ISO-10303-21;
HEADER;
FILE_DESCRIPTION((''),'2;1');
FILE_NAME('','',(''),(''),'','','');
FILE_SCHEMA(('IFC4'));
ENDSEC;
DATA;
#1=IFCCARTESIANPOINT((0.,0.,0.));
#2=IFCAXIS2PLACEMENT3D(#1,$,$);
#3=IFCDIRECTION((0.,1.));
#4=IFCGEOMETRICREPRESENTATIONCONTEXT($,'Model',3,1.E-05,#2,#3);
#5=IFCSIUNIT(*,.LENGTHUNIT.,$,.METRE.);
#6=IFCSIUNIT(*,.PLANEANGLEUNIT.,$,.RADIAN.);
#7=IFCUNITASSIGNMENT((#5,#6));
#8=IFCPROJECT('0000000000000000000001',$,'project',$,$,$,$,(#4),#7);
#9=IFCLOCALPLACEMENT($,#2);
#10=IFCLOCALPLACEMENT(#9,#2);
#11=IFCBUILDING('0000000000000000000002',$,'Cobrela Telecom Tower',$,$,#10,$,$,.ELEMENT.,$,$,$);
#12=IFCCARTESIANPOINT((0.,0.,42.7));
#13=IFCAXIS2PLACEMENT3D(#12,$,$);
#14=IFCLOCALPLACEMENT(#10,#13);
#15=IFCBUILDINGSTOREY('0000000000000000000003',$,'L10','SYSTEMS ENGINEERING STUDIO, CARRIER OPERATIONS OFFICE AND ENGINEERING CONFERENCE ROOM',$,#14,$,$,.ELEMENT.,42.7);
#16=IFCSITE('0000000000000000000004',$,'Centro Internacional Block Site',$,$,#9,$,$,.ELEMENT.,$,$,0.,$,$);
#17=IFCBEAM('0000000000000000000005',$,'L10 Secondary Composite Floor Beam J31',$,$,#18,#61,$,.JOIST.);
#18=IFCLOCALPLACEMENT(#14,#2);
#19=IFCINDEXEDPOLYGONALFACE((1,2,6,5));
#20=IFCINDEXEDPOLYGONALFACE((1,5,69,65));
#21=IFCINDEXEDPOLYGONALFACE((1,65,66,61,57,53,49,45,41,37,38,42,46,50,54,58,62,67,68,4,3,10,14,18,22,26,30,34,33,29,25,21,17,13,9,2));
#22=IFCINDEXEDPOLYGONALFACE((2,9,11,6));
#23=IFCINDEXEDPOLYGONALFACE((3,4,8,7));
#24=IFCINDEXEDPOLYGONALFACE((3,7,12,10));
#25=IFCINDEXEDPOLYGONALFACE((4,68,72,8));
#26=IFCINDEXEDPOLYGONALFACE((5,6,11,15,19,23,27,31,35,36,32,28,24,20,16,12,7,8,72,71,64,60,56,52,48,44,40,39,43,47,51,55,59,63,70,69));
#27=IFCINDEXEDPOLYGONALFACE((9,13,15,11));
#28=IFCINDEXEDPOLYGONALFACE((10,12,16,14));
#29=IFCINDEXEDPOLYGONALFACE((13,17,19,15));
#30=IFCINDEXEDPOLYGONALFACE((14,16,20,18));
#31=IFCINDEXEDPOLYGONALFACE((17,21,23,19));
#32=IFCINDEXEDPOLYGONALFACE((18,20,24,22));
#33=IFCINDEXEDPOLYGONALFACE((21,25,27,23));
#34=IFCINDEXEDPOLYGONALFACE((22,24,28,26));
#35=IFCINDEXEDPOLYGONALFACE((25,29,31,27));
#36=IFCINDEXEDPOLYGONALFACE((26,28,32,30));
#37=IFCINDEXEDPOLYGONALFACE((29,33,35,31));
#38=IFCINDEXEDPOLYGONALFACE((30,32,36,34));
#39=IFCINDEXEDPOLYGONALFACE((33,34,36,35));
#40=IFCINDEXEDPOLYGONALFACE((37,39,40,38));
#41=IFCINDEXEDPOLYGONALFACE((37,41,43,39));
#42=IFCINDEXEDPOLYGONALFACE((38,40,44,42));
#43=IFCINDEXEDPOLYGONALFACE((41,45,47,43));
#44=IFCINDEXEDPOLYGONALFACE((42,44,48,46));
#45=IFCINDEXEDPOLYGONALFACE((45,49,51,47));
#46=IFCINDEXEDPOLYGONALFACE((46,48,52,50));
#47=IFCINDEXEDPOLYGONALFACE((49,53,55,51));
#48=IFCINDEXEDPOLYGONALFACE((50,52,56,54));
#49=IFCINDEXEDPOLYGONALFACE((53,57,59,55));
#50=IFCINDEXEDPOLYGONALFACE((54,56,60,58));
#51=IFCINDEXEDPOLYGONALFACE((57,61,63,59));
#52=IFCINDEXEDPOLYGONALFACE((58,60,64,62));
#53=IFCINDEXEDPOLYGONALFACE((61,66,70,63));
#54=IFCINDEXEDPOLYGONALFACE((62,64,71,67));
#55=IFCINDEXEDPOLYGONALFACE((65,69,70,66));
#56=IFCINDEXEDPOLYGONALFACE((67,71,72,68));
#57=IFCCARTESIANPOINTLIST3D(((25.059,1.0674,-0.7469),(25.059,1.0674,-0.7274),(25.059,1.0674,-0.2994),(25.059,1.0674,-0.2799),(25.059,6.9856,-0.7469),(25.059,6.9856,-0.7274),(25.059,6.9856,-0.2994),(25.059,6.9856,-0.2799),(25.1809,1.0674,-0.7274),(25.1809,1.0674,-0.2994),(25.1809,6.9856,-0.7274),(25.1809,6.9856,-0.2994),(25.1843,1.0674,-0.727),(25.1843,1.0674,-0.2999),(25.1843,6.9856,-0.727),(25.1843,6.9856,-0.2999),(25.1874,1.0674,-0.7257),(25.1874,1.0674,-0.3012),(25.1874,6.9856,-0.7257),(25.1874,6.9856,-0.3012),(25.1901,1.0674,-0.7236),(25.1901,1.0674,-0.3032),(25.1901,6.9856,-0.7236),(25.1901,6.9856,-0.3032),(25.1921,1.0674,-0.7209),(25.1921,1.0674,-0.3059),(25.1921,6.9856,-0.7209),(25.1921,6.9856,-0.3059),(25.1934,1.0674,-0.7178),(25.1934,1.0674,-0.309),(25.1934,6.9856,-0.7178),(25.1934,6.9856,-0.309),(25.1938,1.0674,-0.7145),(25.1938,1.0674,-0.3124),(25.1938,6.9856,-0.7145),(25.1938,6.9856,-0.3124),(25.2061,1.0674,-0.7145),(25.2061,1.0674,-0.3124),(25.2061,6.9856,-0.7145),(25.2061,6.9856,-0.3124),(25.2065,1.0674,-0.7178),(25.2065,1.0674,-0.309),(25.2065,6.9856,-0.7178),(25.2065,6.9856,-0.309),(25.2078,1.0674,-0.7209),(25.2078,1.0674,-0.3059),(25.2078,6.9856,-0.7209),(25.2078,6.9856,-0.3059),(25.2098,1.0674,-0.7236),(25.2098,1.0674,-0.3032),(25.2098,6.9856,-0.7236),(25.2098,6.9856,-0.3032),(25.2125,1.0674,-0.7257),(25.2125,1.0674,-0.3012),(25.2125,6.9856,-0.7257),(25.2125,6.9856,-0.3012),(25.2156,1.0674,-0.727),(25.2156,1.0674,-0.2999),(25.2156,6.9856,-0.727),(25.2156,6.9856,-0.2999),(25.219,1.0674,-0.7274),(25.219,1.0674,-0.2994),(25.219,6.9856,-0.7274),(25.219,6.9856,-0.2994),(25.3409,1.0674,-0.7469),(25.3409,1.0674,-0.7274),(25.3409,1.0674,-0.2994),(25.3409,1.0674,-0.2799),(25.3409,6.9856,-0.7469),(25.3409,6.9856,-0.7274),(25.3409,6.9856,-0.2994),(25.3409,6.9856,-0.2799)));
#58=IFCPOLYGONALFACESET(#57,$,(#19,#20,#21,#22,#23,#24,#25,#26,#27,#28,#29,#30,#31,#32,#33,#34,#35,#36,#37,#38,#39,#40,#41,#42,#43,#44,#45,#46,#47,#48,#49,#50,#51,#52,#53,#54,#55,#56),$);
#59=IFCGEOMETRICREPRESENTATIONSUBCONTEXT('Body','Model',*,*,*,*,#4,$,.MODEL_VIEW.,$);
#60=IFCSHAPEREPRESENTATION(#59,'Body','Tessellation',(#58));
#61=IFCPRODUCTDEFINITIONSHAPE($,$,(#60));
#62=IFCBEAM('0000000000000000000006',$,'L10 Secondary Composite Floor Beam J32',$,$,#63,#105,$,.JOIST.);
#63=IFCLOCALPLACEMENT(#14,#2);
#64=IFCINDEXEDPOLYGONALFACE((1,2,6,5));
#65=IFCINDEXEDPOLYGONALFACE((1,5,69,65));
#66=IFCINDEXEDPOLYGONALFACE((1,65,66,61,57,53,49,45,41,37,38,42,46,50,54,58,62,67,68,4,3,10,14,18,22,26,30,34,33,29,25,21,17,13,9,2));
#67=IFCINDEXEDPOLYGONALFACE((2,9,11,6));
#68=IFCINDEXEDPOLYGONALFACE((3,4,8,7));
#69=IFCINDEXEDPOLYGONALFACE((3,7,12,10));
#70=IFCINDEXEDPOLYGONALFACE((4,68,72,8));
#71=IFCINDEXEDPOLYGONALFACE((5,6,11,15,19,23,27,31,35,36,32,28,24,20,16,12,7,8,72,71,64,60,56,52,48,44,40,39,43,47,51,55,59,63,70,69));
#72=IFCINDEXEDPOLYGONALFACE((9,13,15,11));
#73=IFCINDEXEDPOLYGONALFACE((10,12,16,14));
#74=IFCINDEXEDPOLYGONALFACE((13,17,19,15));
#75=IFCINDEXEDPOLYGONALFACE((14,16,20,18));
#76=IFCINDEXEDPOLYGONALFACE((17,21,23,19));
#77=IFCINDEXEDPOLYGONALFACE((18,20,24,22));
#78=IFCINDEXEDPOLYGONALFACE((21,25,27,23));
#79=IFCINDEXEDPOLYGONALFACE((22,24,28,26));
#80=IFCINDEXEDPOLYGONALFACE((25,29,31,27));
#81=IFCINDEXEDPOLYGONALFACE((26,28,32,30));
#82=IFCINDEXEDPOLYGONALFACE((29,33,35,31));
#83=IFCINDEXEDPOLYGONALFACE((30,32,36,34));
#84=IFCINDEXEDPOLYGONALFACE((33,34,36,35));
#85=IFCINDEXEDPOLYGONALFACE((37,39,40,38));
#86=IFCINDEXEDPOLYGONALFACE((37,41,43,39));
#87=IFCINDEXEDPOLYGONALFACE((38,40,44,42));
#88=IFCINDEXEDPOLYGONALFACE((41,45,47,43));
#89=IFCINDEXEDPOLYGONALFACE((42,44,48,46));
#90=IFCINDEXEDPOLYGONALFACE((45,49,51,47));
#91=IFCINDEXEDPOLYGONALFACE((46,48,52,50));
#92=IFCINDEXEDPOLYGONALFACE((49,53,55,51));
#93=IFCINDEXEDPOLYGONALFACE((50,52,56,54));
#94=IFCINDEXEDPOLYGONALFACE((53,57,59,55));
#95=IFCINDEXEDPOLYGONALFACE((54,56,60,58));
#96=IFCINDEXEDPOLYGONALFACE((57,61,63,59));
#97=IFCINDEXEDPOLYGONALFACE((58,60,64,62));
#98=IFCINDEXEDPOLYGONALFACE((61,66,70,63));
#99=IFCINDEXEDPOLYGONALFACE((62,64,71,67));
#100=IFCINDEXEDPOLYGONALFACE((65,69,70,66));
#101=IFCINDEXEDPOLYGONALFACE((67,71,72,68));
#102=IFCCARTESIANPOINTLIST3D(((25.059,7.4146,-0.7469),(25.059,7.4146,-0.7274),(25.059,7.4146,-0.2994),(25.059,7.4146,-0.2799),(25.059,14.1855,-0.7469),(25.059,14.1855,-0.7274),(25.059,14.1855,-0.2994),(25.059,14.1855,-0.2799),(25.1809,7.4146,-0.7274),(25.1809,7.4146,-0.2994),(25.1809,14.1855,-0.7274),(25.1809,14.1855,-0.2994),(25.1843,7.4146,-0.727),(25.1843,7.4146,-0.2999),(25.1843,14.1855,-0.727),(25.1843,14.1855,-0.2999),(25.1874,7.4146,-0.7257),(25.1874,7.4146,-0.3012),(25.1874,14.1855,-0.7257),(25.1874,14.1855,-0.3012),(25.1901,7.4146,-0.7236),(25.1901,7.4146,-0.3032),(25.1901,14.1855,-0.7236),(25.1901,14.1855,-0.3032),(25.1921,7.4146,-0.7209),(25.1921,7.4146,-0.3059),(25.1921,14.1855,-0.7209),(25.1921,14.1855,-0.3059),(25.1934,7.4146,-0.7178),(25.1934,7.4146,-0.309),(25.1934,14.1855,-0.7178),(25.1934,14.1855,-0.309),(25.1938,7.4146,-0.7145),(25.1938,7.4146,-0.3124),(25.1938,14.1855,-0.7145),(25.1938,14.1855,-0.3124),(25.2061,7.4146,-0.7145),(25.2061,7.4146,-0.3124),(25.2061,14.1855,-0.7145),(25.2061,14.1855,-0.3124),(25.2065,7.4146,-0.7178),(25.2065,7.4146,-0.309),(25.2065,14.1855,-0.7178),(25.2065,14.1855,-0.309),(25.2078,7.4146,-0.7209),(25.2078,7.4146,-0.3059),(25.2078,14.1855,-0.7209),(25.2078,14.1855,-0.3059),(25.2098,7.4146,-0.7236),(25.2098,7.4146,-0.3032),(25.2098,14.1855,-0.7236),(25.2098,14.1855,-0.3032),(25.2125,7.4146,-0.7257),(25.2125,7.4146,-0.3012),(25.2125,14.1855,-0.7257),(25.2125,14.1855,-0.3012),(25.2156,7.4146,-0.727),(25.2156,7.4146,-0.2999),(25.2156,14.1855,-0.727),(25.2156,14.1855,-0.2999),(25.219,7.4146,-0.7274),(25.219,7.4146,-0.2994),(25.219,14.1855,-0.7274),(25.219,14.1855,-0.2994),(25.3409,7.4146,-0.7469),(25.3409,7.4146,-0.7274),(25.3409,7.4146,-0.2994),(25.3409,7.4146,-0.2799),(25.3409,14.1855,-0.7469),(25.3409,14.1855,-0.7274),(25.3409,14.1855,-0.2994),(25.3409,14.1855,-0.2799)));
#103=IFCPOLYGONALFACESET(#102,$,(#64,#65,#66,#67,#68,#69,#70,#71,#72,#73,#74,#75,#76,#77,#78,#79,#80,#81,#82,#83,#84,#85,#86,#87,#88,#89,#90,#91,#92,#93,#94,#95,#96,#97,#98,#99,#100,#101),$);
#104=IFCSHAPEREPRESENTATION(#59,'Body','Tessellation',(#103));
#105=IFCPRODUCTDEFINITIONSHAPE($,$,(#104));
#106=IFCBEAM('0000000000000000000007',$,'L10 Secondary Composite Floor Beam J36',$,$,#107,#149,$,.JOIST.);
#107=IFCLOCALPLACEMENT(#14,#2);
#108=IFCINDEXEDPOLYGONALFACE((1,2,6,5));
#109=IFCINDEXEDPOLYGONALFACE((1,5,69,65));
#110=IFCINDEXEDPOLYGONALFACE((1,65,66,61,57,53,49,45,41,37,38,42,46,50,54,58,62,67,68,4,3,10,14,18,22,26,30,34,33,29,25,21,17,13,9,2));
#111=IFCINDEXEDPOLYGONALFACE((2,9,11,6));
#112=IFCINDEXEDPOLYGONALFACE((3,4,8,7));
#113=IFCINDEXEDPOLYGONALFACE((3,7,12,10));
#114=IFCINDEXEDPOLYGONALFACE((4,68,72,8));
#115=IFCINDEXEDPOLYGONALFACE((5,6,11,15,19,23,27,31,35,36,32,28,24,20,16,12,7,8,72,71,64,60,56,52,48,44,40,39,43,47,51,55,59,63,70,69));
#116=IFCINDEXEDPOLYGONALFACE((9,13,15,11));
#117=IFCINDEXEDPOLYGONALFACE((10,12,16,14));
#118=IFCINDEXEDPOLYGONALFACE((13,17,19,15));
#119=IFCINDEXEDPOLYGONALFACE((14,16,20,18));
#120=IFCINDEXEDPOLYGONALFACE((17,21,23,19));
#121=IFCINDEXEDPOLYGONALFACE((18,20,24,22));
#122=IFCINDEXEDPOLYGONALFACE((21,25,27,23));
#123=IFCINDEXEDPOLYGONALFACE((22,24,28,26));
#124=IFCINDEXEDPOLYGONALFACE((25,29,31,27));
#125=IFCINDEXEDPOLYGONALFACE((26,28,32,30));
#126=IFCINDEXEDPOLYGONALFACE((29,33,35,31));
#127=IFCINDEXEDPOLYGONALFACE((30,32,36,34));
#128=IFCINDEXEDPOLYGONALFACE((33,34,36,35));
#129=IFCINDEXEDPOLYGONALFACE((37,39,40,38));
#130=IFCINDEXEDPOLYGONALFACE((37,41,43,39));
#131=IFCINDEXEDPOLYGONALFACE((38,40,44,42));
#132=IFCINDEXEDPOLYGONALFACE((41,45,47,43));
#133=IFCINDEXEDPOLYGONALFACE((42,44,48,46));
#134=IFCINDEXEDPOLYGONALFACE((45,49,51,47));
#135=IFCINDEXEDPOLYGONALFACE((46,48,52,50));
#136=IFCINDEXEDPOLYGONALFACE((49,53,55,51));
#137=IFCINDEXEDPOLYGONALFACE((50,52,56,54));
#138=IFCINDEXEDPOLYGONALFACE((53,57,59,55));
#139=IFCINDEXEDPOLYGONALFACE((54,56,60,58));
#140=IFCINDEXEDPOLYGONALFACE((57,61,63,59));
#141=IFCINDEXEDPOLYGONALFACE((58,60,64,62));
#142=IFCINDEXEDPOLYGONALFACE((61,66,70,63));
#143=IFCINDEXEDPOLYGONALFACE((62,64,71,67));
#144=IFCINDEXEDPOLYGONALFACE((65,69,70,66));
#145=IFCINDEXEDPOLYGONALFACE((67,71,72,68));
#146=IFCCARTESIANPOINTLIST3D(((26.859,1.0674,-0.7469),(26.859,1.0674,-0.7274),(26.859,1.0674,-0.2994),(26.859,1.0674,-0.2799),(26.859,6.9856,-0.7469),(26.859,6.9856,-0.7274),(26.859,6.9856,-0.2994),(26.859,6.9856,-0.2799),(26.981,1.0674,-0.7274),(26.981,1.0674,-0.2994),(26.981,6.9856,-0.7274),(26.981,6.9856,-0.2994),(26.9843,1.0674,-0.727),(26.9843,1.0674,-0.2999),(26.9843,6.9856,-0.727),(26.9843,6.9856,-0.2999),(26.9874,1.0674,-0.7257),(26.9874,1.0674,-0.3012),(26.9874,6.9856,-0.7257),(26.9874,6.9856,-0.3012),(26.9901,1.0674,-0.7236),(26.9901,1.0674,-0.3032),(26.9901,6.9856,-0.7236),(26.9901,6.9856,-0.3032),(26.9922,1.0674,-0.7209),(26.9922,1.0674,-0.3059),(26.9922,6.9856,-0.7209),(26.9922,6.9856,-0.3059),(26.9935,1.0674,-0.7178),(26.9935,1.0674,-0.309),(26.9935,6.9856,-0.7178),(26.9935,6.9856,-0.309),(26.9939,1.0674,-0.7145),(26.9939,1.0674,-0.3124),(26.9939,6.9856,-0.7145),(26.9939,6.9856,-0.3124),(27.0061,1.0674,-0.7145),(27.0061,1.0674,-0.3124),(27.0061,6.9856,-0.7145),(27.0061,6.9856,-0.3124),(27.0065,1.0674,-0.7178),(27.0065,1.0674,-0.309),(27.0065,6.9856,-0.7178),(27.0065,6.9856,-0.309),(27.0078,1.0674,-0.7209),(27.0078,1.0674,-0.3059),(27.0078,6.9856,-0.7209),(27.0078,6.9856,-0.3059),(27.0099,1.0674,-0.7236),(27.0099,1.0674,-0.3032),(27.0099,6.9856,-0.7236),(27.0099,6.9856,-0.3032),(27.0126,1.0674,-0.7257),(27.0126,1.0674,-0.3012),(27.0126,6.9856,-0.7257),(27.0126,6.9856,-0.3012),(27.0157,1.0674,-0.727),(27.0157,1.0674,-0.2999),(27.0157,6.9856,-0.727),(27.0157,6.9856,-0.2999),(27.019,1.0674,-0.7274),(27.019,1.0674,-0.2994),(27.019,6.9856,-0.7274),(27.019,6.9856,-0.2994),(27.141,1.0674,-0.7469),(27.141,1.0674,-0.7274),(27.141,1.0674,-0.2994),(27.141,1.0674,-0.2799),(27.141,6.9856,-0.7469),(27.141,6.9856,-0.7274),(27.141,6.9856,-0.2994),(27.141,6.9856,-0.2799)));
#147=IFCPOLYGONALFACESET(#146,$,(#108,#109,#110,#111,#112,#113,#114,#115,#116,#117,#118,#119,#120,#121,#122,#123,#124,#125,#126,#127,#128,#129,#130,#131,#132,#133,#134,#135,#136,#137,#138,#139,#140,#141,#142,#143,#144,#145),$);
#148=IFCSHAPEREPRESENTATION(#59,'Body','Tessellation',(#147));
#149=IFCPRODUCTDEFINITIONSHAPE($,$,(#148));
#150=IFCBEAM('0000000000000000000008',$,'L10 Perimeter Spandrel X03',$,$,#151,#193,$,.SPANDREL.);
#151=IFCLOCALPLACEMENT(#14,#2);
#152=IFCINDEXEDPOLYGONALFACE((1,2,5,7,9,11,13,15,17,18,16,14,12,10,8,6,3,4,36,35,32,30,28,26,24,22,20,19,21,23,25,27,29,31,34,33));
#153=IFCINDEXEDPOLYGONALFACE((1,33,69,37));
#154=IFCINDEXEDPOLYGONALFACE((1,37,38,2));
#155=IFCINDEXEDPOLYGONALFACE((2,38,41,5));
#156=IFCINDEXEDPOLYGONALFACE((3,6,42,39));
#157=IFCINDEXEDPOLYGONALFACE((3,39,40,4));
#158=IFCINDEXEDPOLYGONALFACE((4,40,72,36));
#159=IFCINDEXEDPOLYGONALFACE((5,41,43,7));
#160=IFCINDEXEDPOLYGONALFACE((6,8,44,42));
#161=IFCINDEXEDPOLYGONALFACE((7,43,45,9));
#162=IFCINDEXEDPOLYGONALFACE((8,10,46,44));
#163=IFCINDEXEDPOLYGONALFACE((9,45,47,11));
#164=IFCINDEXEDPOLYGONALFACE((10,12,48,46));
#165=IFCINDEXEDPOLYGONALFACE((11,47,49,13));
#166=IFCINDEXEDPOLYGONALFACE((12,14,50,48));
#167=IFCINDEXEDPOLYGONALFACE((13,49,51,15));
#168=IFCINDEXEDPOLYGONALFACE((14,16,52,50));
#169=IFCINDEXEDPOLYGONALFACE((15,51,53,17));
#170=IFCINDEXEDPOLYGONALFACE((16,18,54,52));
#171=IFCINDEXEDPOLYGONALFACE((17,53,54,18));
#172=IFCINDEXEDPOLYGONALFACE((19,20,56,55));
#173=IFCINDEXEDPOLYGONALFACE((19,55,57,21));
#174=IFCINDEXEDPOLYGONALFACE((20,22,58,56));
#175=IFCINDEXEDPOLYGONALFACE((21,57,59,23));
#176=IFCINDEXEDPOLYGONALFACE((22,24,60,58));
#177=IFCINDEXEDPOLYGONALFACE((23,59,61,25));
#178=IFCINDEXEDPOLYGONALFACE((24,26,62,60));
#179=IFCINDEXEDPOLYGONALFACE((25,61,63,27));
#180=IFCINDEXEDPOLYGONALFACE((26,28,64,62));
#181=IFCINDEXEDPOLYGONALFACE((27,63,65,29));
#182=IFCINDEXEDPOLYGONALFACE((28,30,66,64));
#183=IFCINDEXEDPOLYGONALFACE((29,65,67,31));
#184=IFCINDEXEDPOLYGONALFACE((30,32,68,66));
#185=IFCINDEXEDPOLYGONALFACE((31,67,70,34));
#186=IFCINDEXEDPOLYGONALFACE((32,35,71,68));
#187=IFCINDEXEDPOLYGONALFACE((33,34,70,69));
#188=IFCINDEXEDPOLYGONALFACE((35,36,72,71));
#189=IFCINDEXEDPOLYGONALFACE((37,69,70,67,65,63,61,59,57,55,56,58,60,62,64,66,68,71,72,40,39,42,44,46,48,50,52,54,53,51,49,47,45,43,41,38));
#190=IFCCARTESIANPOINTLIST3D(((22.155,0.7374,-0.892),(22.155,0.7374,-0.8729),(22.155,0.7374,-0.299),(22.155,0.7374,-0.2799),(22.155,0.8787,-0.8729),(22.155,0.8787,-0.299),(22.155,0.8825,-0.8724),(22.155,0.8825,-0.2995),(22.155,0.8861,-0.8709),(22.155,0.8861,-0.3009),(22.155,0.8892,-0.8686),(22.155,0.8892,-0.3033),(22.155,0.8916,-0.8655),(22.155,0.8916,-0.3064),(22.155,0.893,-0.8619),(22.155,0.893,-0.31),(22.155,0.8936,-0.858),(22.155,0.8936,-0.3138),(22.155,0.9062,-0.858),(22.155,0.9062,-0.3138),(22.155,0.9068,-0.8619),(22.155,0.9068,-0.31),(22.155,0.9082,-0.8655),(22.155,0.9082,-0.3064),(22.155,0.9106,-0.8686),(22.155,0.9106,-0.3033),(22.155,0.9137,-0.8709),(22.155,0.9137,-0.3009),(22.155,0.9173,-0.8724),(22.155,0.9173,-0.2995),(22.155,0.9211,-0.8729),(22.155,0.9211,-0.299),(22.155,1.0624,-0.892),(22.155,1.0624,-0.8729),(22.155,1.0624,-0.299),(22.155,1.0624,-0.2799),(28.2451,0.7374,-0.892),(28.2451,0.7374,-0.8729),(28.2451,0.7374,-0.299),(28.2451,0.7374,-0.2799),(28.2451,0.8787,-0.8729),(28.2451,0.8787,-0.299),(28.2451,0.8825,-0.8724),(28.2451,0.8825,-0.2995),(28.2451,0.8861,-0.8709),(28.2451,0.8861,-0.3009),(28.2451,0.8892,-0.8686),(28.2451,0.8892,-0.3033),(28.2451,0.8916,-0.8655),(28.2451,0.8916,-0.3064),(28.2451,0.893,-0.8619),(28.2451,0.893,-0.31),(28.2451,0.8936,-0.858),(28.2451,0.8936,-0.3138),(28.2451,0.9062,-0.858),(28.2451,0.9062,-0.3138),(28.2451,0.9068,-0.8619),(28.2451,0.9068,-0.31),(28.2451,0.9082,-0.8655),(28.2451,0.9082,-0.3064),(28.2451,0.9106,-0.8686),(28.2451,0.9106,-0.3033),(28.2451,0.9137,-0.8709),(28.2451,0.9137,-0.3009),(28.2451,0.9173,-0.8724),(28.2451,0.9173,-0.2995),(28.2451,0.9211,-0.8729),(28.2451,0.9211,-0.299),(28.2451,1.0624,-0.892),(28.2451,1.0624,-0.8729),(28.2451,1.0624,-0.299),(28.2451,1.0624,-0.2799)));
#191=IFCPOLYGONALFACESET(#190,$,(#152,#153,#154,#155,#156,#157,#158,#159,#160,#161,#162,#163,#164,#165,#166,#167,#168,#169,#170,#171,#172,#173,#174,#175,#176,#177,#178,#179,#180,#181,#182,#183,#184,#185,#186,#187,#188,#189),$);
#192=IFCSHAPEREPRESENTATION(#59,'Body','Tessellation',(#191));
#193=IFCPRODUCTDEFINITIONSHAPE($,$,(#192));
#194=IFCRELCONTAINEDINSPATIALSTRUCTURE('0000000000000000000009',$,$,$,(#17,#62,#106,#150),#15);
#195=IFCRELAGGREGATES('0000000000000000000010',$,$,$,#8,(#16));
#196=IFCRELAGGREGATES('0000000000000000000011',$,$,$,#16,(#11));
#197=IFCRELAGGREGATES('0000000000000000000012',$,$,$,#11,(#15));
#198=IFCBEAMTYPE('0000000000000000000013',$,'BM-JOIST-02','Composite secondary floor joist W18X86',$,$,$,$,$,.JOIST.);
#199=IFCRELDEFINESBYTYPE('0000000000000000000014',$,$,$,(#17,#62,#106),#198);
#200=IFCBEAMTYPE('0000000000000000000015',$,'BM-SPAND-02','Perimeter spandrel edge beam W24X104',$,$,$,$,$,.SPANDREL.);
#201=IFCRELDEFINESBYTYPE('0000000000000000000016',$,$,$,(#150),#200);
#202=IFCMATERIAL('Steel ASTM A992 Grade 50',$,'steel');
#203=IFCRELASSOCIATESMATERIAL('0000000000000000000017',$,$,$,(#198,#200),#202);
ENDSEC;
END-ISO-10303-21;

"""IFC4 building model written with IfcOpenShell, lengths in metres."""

from ifc_helpers import new_model, si_unit, direction, frame, origin, origin_2d, place, context, subcontext, project, spatial, i_section, extrude, material, material_profile, profile_set, type_object, element, save


model = new_model("IFC4")

# Units and contexts
model_context = context("Model", 3, precision=1e-05, world=origin(), true_north=direction((0.0, 1.0)))
body_context = subcontext(model_context, "Body", "Model", "MODEL_VIEW")
ifc_project = project(units=[si_unit("LENGTHUNIT", "METRE"), si_unit("PLANEANGLEUNIT", "RADIAN")], contexts=[model_context])

# Site, building, storey
site_placement = place(None, origin())
site = spatial("IfcSite", under=ifc_project, at=site_placement, Name="Centro Internacional Block Site", CompositionType="ELEMENT", RefElevation=0.0)
building_placement = place(site_placement, origin())
building = spatial("IfcBuilding", under=site, at=building_placement, Name="Cobrela Telecom Tower", CompositionType="ELEMENT")
storey_placement = place(building_placement, frame((0.0, 0.0, 42.7)))
storey = spatial("IfcBuildingStorey", under=building, at=storey_placement, Name="L10", Description="SYSTEMS ENGINEERING STUDIO, CARRIER OPERATIONS OFFICE AND ENGINEERING CONFERENCE ROOM", CompositionType="ELEMENT", Elevation=42.7)

# Shared definitions
ifc_material_1 = material(Name="Steel ASTM A992 Grade 50", Category="steel")

# Beams
ifc_material_profile_1 = material_profile(ifc_material_1, i_section(OverallWidth=0.282, OverallDepth=0.467, WebThickness=0.0122, FlangeThickness=0.0195, FilletRadius=0.0129, at=origin_2d()), Name="W18X86")
ifc_profile_set_1 = profile_set([ifc_material_profile_1], Name="Steel ASTM A992 Grade 50")
beam_type_1 = type_object("IfcBeamType", Name="BM-JOIST-02", Description="Composite secondary floor joist W18X86", PredefinedType="JOIST", material=ifc_profile_set_1)
beam_1_placement = place(storey_placement, frame((25.2, 1.0674, -0.5134), z_axis=(0.0, 1.0, 0.0), x_axis=(-1.0, 0.0, 0.0)))
element("IfcBeam", 1, at=beam_1_placement, inside=storey, type_object=beam_type_1, Name="L10 Secondary Composite Floor Beam J31", PredefinedType="JOIST", context=body_context, shape_type="SweptSolid", body=[
    extrude(i_section(OverallWidth=0.282, OverallDepth=0.467, WebThickness=0.0122, FlangeThickness=0.0195, FilletRadius=0.0129, at=origin_2d()), origin(), (0.0, 0.0, 1.0), 5.9182),
])
beam_2_placement = place(storey_placement, frame((25.2, 7.4146, -0.5134), z_axis=(0.0, 1.0, 0.0), x_axis=(-1.0, 0.0, 0.0)))
element("IfcBeam", 2, at=beam_2_placement, inside=storey, type_object=beam_type_1, Name="L10 Secondary Composite Floor Beam J32", PredefinedType="JOIST", context=body_context, shape_type="SweptSolid", body=[
    extrude(i_section(OverallWidth=0.282, OverallDepth=0.467, WebThickness=0.0122, FlangeThickness=0.0195, FilletRadius=0.0129, at=origin_2d()), origin(), (0.0, 0.0, 1.0), 6.771),
])
beam_3_placement = place(storey_placement, frame((27.0, 1.0674, -0.5134), z_axis=(0.0, 1.0, 0.0), x_axis=(-1.0, 0.0, 0.0)))
element("IfcBeam", 3, at=beam_3_placement, inside=storey, type_object=beam_type_1, Name="L10 Secondary Composite Floor Beam J36", PredefinedType="JOIST", context=body_context, shape_type="SweptSolid", body=[
    extrude(i_section(OverallWidth=0.282, OverallDepth=0.467, WebThickness=0.0122, FlangeThickness=0.0195, FilletRadius=0.0129, at=origin_2d()), origin(), (0.0, 0.0, 1.0), 5.9182),
])
ifc_material_profile_2 = material_profile(ifc_material_1, i_section(OverallWidth=0.325, OverallDepth=0.6121, WebThickness=0.0127, FlangeThickness=0.019, FilletRadius=0.0149, at=origin_2d()), Name="W24X104")
ifc_profile_set_2 = profile_set([ifc_material_profile_2], Name="Steel ASTM A992 Grade 50")
beam_type_2 = type_object("IfcBeamType", Name="BM-SPAND-02", Description="Perimeter spandrel edge beam W24X104", PredefinedType="SPANDREL", material=ifc_profile_set_2)
beam_4_placement = place(storey_placement, frame((22.155, 0.8999, -0.5859), z_axis=(1.0, 0.0, 0.0), x_axis=(0.0, 1.0, 0.0)))
element("IfcBeam", 4, at=beam_4_placement, inside=storey, type_object=beam_type_2, Name="L10 Perimeter Spandrel X03", PredefinedType="SPANDREL", context=body_context, shape_type="SweptSolid", body=[
    extrude(i_section(OverallWidth=0.325, OverallDepth=0.6121, WebThickness=0.0127, FlangeThickness=0.019, FilletRadius=0.0149, at=origin_2d()), origin(), (0.0, 0.0, 1.0), 6.0901),
])

save(model, "model.ifc")
